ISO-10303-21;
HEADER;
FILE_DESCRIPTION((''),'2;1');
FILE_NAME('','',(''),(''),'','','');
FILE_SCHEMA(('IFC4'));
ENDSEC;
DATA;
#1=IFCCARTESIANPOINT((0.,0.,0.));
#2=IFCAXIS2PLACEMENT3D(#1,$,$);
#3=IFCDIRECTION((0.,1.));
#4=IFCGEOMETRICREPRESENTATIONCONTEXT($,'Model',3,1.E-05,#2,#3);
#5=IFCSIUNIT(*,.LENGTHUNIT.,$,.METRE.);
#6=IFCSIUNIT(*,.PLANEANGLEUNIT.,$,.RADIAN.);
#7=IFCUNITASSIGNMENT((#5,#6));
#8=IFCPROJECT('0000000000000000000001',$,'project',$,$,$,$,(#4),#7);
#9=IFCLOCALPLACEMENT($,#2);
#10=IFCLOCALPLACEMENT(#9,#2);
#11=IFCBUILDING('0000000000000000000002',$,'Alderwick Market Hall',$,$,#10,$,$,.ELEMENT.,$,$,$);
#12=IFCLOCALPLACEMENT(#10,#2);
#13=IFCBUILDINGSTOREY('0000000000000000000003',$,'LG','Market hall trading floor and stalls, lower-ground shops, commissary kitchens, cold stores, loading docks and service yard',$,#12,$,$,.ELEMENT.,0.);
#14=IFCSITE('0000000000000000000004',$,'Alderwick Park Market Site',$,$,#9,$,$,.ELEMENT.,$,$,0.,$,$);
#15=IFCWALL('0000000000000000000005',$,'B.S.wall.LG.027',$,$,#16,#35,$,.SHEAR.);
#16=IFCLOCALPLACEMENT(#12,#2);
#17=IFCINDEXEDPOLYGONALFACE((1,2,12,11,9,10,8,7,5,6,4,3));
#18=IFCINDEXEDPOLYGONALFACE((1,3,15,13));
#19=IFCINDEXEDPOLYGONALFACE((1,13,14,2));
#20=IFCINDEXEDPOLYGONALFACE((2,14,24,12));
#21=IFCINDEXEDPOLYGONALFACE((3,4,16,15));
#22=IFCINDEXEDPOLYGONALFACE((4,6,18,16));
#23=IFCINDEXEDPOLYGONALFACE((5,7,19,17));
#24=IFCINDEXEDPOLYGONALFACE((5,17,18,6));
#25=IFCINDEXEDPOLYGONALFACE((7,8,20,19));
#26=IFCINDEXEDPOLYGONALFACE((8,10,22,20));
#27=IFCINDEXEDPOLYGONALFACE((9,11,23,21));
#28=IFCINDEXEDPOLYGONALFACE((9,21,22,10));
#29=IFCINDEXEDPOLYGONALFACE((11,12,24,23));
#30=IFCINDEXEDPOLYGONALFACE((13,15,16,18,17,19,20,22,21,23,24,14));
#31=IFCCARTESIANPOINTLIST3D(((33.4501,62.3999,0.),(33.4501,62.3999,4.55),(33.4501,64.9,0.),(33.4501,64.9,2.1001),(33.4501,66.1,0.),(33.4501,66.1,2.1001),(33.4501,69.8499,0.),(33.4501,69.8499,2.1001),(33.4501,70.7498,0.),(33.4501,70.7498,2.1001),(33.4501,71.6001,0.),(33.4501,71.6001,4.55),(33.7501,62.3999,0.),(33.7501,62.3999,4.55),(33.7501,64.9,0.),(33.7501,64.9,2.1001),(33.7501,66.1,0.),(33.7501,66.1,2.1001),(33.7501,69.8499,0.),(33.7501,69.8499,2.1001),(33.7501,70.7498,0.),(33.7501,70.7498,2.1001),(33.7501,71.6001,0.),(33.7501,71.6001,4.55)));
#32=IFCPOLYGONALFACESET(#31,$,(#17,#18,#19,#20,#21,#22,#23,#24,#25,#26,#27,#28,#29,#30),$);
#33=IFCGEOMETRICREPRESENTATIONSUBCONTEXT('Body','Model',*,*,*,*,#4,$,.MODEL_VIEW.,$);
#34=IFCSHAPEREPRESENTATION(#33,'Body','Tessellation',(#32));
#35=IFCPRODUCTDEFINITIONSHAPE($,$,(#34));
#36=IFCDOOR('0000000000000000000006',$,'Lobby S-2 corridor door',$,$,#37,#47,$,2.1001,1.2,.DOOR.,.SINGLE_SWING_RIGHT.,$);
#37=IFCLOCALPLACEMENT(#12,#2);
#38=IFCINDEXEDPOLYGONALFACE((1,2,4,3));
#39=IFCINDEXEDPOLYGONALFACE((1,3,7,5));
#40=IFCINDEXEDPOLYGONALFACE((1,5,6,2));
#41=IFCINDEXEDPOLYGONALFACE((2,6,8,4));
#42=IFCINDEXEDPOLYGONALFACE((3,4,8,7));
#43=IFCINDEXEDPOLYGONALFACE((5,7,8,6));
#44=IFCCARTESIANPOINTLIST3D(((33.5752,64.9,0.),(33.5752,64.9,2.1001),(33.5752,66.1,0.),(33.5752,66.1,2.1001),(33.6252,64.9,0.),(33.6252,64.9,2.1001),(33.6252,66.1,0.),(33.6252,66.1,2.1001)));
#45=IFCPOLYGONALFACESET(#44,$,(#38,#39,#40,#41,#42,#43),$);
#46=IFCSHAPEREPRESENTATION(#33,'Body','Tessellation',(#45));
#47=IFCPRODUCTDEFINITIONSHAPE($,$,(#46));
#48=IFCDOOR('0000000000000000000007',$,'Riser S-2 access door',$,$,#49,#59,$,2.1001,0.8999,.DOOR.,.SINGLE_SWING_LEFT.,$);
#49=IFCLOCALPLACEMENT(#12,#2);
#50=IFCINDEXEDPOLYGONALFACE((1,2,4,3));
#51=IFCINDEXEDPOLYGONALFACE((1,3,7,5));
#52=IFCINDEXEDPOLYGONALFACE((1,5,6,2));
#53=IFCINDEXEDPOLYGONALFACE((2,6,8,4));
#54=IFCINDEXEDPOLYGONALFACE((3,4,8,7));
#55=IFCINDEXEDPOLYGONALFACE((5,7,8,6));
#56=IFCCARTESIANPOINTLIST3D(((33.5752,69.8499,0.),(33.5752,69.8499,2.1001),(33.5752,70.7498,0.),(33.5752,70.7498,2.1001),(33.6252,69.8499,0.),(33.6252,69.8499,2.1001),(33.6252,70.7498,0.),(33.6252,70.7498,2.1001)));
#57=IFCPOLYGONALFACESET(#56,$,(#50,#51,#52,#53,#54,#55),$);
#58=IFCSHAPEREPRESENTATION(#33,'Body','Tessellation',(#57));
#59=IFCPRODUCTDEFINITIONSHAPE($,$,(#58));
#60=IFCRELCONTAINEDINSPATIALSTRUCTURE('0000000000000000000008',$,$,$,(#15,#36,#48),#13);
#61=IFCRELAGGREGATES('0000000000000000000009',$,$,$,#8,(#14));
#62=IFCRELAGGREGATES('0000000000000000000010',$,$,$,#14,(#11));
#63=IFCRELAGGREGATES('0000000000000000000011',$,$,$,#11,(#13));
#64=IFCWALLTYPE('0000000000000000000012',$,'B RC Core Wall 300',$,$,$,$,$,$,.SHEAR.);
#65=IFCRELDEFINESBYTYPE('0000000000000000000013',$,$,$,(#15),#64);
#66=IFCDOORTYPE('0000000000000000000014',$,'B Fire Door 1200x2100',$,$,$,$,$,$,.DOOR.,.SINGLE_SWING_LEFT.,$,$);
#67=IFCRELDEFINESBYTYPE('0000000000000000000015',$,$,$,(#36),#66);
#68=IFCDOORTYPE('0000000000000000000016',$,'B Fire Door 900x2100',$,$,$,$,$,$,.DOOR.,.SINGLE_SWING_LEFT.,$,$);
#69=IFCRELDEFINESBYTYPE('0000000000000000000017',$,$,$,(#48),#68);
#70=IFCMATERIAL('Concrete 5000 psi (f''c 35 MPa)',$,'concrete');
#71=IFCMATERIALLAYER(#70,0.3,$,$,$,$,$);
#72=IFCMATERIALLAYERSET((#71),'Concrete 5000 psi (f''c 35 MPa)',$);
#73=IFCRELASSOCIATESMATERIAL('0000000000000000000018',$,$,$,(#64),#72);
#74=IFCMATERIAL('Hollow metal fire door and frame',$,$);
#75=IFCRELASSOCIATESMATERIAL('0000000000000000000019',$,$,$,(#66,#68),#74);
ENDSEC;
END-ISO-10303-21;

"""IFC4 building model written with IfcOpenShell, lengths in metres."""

from ifc_helpers import new_model, si_unit, direction, frame, frame_2d, origin, place, context, subcontext, project, spatial, rectangle, extrude, material, layer, layer_set, type_object, element, fill, save


model = new_model("IFC4")

# Units and contexts
model_context = context("Model", 3, precision=1e-05, world=origin(), true_north=direction((0.0, 1.0)))
body_context = subcontext(model_context, "Body", "Model", "MODEL_VIEW")
ifc_project = project(units=[si_unit("LENGTHUNIT", "METRE"), si_unit("PLANEANGLEUNIT", "RADIAN")], contexts=[model_context])

# Site, building, storey
site_placement = place(None, origin())
site = spatial("IfcSite", under=ifc_project, at=site_placement, Name="Alderwick Park Market Site", CompositionType="ELEMENT", RefElevation=0.0)
building_placement = place(site_placement, origin())
building = spatial("IfcBuilding", under=site, at=building_placement, Name="Alderwick Market Hall", CompositionType="ELEMENT")
storey_placement = place(building_placement, origin())
storey = spatial("IfcBuildingStorey", under=building, at=storey_placement, Name="LG", Description="Market hall trading floor and stalls, lower-ground shops, commissary kitchens, cold stores, loading docks and service yard", CompositionType="ELEMENT", Elevation=0.0)

# Shared definitions
ifc_material_1 = material(Name="Concrete 5000 psi (f'c 35 MPa)", Category="concrete")

# Shared definitions
ifc_layer_1 = layer(ifc_material_1, 0.3)
ifc_layer_set_1 = layer_set([ifc_layer_1], Name="Concrete 5000 psi (f'c 35 MPa)")
wall_type_1 = type_object("IfcWallType", Name="B RC Core Wall 300", PredefinedType="SHEAR", material=ifc_layer_set_1)

# Shared definitions
ifc_material_2 = material(Name="Hollow metal fire door and frame")

# Wall, openings, doors
wall_1_placement = place(storey_placement, frame((33.6001, 62.3999, 0.0), z_axis=(0.0, 0.0, 1.0), x_axis=(0.0, 1.0, 0.0)))
wall_1 = element("IfcWall", 1, at=wall_1_placement, inside=storey, type_object=wall_type_1, Name="B.S.wall.LG.027", PredefinedType="SHEAR", context=body_context, shape_type="SweptSolid", body=[
    extrude(rectangle(XDim=9.2002, YDim=0.3, at=frame_2d((4.6001, 0.0))), origin(), (0.0, 0.0, 1.0), 4.55),
])
opening_1_placement = place(wall_1_placement, frame((2.5, 0.0, 0.0)))
opening_1 = element("IfcOpeningElement", 2, at=opening_1_placement, cuts=wall_1, PredefinedType="OPENING", context=body_context, shape_type="SweptSolid", body=[
    extrude(rectangle(XDim=1.2, YDim=2.1001, at=frame_2d((0.6001, 1.05))), frame((0.0, 0.1599, 0.0), z_axis=(0.0, -1.0, 0.0), x_axis=(1.0, 0.0, 0.0)), (0.0, 0.0, 1.0), 0.3201),
])
opening_2_placement = place(wall_1_placement, frame((7.45, 0.0, 0.0)))
opening_2 = element("IfcOpeningElement", 3, at=opening_2_placement, cuts=wall_1, PredefinedType="OPENING", context=body_context, shape_type="SweptSolid", body=[
    extrude(rectangle(XDim=0.8999, YDim=2.1001, at=frame_2d((0.45, 1.05))), frame((0.0, 0.1599, 0.0), z_axis=(0.0, -1.0, 0.0), x_axis=(1.0, 0.0, 0.0)), (0.0, 0.0, 1.0), 0.3201),
])
door_type_1 = type_object("IfcDoorType", Name="B Fire Door 1200x2100", OperationType="SINGLE_SWING_LEFT", PredefinedType="DOOR", material=ifc_material_2)
door_1_placement = place(opening_1_placement, origin())
door_1 = element("IfcDoor", 4, at=door_1_placement, inside=storey, type_object=door_type_1, Name="Lobby S-2 corridor door", OperationType="SINGLE_SWING_RIGHT", OverallHeight=2.1001, OverallWidth=1.2, PredefinedType="DOOR", context=body_context, shape_type="SweptSolid", body=[
    extrude(rectangle(XDim=1.2, YDim=2.1001, at=frame_2d((0.6001, 1.05))), frame((0.0, 0.0249, 0.0), z_axis=(0.0, -1.0, 0.0), x_axis=(1.0, 0.0, 0.0)), (0.0, 0.0, 1.0), 0.05),
])
fill(opening_1, door_1)
door_type_2 = type_object("IfcDoorType", Name="B Fire Door 900x2100", OperationType="SINGLE_SWING_LEFT", PredefinedType="DOOR", material=ifc_material_2)
door_2_placement = place(opening_2_placement, origin())
door_2 = element("IfcDoor", 5, at=door_2_placement, inside=storey, type_object=door_type_2, Name="Riser S-2 access door", OperationType="SINGLE_SWING_LEFT", OverallHeight=2.1001, OverallWidth=0.8999, PredefinedType="DOOR", context=body_context, shape_type="SweptSolid", body=[
    extrude(rectangle(XDim=0.8999, YDim=2.1001, at=frame_2d((0.45, 1.05))), frame((0.0, 0.0249, 0.0), z_axis=(0.0, -1.0, 0.0), x_axis=(1.0, 0.0, 0.0)), (0.0, 0.0, 1.0), 0.05),
])
fill(opening_2, door_2)

save(model, "model.ifc")
